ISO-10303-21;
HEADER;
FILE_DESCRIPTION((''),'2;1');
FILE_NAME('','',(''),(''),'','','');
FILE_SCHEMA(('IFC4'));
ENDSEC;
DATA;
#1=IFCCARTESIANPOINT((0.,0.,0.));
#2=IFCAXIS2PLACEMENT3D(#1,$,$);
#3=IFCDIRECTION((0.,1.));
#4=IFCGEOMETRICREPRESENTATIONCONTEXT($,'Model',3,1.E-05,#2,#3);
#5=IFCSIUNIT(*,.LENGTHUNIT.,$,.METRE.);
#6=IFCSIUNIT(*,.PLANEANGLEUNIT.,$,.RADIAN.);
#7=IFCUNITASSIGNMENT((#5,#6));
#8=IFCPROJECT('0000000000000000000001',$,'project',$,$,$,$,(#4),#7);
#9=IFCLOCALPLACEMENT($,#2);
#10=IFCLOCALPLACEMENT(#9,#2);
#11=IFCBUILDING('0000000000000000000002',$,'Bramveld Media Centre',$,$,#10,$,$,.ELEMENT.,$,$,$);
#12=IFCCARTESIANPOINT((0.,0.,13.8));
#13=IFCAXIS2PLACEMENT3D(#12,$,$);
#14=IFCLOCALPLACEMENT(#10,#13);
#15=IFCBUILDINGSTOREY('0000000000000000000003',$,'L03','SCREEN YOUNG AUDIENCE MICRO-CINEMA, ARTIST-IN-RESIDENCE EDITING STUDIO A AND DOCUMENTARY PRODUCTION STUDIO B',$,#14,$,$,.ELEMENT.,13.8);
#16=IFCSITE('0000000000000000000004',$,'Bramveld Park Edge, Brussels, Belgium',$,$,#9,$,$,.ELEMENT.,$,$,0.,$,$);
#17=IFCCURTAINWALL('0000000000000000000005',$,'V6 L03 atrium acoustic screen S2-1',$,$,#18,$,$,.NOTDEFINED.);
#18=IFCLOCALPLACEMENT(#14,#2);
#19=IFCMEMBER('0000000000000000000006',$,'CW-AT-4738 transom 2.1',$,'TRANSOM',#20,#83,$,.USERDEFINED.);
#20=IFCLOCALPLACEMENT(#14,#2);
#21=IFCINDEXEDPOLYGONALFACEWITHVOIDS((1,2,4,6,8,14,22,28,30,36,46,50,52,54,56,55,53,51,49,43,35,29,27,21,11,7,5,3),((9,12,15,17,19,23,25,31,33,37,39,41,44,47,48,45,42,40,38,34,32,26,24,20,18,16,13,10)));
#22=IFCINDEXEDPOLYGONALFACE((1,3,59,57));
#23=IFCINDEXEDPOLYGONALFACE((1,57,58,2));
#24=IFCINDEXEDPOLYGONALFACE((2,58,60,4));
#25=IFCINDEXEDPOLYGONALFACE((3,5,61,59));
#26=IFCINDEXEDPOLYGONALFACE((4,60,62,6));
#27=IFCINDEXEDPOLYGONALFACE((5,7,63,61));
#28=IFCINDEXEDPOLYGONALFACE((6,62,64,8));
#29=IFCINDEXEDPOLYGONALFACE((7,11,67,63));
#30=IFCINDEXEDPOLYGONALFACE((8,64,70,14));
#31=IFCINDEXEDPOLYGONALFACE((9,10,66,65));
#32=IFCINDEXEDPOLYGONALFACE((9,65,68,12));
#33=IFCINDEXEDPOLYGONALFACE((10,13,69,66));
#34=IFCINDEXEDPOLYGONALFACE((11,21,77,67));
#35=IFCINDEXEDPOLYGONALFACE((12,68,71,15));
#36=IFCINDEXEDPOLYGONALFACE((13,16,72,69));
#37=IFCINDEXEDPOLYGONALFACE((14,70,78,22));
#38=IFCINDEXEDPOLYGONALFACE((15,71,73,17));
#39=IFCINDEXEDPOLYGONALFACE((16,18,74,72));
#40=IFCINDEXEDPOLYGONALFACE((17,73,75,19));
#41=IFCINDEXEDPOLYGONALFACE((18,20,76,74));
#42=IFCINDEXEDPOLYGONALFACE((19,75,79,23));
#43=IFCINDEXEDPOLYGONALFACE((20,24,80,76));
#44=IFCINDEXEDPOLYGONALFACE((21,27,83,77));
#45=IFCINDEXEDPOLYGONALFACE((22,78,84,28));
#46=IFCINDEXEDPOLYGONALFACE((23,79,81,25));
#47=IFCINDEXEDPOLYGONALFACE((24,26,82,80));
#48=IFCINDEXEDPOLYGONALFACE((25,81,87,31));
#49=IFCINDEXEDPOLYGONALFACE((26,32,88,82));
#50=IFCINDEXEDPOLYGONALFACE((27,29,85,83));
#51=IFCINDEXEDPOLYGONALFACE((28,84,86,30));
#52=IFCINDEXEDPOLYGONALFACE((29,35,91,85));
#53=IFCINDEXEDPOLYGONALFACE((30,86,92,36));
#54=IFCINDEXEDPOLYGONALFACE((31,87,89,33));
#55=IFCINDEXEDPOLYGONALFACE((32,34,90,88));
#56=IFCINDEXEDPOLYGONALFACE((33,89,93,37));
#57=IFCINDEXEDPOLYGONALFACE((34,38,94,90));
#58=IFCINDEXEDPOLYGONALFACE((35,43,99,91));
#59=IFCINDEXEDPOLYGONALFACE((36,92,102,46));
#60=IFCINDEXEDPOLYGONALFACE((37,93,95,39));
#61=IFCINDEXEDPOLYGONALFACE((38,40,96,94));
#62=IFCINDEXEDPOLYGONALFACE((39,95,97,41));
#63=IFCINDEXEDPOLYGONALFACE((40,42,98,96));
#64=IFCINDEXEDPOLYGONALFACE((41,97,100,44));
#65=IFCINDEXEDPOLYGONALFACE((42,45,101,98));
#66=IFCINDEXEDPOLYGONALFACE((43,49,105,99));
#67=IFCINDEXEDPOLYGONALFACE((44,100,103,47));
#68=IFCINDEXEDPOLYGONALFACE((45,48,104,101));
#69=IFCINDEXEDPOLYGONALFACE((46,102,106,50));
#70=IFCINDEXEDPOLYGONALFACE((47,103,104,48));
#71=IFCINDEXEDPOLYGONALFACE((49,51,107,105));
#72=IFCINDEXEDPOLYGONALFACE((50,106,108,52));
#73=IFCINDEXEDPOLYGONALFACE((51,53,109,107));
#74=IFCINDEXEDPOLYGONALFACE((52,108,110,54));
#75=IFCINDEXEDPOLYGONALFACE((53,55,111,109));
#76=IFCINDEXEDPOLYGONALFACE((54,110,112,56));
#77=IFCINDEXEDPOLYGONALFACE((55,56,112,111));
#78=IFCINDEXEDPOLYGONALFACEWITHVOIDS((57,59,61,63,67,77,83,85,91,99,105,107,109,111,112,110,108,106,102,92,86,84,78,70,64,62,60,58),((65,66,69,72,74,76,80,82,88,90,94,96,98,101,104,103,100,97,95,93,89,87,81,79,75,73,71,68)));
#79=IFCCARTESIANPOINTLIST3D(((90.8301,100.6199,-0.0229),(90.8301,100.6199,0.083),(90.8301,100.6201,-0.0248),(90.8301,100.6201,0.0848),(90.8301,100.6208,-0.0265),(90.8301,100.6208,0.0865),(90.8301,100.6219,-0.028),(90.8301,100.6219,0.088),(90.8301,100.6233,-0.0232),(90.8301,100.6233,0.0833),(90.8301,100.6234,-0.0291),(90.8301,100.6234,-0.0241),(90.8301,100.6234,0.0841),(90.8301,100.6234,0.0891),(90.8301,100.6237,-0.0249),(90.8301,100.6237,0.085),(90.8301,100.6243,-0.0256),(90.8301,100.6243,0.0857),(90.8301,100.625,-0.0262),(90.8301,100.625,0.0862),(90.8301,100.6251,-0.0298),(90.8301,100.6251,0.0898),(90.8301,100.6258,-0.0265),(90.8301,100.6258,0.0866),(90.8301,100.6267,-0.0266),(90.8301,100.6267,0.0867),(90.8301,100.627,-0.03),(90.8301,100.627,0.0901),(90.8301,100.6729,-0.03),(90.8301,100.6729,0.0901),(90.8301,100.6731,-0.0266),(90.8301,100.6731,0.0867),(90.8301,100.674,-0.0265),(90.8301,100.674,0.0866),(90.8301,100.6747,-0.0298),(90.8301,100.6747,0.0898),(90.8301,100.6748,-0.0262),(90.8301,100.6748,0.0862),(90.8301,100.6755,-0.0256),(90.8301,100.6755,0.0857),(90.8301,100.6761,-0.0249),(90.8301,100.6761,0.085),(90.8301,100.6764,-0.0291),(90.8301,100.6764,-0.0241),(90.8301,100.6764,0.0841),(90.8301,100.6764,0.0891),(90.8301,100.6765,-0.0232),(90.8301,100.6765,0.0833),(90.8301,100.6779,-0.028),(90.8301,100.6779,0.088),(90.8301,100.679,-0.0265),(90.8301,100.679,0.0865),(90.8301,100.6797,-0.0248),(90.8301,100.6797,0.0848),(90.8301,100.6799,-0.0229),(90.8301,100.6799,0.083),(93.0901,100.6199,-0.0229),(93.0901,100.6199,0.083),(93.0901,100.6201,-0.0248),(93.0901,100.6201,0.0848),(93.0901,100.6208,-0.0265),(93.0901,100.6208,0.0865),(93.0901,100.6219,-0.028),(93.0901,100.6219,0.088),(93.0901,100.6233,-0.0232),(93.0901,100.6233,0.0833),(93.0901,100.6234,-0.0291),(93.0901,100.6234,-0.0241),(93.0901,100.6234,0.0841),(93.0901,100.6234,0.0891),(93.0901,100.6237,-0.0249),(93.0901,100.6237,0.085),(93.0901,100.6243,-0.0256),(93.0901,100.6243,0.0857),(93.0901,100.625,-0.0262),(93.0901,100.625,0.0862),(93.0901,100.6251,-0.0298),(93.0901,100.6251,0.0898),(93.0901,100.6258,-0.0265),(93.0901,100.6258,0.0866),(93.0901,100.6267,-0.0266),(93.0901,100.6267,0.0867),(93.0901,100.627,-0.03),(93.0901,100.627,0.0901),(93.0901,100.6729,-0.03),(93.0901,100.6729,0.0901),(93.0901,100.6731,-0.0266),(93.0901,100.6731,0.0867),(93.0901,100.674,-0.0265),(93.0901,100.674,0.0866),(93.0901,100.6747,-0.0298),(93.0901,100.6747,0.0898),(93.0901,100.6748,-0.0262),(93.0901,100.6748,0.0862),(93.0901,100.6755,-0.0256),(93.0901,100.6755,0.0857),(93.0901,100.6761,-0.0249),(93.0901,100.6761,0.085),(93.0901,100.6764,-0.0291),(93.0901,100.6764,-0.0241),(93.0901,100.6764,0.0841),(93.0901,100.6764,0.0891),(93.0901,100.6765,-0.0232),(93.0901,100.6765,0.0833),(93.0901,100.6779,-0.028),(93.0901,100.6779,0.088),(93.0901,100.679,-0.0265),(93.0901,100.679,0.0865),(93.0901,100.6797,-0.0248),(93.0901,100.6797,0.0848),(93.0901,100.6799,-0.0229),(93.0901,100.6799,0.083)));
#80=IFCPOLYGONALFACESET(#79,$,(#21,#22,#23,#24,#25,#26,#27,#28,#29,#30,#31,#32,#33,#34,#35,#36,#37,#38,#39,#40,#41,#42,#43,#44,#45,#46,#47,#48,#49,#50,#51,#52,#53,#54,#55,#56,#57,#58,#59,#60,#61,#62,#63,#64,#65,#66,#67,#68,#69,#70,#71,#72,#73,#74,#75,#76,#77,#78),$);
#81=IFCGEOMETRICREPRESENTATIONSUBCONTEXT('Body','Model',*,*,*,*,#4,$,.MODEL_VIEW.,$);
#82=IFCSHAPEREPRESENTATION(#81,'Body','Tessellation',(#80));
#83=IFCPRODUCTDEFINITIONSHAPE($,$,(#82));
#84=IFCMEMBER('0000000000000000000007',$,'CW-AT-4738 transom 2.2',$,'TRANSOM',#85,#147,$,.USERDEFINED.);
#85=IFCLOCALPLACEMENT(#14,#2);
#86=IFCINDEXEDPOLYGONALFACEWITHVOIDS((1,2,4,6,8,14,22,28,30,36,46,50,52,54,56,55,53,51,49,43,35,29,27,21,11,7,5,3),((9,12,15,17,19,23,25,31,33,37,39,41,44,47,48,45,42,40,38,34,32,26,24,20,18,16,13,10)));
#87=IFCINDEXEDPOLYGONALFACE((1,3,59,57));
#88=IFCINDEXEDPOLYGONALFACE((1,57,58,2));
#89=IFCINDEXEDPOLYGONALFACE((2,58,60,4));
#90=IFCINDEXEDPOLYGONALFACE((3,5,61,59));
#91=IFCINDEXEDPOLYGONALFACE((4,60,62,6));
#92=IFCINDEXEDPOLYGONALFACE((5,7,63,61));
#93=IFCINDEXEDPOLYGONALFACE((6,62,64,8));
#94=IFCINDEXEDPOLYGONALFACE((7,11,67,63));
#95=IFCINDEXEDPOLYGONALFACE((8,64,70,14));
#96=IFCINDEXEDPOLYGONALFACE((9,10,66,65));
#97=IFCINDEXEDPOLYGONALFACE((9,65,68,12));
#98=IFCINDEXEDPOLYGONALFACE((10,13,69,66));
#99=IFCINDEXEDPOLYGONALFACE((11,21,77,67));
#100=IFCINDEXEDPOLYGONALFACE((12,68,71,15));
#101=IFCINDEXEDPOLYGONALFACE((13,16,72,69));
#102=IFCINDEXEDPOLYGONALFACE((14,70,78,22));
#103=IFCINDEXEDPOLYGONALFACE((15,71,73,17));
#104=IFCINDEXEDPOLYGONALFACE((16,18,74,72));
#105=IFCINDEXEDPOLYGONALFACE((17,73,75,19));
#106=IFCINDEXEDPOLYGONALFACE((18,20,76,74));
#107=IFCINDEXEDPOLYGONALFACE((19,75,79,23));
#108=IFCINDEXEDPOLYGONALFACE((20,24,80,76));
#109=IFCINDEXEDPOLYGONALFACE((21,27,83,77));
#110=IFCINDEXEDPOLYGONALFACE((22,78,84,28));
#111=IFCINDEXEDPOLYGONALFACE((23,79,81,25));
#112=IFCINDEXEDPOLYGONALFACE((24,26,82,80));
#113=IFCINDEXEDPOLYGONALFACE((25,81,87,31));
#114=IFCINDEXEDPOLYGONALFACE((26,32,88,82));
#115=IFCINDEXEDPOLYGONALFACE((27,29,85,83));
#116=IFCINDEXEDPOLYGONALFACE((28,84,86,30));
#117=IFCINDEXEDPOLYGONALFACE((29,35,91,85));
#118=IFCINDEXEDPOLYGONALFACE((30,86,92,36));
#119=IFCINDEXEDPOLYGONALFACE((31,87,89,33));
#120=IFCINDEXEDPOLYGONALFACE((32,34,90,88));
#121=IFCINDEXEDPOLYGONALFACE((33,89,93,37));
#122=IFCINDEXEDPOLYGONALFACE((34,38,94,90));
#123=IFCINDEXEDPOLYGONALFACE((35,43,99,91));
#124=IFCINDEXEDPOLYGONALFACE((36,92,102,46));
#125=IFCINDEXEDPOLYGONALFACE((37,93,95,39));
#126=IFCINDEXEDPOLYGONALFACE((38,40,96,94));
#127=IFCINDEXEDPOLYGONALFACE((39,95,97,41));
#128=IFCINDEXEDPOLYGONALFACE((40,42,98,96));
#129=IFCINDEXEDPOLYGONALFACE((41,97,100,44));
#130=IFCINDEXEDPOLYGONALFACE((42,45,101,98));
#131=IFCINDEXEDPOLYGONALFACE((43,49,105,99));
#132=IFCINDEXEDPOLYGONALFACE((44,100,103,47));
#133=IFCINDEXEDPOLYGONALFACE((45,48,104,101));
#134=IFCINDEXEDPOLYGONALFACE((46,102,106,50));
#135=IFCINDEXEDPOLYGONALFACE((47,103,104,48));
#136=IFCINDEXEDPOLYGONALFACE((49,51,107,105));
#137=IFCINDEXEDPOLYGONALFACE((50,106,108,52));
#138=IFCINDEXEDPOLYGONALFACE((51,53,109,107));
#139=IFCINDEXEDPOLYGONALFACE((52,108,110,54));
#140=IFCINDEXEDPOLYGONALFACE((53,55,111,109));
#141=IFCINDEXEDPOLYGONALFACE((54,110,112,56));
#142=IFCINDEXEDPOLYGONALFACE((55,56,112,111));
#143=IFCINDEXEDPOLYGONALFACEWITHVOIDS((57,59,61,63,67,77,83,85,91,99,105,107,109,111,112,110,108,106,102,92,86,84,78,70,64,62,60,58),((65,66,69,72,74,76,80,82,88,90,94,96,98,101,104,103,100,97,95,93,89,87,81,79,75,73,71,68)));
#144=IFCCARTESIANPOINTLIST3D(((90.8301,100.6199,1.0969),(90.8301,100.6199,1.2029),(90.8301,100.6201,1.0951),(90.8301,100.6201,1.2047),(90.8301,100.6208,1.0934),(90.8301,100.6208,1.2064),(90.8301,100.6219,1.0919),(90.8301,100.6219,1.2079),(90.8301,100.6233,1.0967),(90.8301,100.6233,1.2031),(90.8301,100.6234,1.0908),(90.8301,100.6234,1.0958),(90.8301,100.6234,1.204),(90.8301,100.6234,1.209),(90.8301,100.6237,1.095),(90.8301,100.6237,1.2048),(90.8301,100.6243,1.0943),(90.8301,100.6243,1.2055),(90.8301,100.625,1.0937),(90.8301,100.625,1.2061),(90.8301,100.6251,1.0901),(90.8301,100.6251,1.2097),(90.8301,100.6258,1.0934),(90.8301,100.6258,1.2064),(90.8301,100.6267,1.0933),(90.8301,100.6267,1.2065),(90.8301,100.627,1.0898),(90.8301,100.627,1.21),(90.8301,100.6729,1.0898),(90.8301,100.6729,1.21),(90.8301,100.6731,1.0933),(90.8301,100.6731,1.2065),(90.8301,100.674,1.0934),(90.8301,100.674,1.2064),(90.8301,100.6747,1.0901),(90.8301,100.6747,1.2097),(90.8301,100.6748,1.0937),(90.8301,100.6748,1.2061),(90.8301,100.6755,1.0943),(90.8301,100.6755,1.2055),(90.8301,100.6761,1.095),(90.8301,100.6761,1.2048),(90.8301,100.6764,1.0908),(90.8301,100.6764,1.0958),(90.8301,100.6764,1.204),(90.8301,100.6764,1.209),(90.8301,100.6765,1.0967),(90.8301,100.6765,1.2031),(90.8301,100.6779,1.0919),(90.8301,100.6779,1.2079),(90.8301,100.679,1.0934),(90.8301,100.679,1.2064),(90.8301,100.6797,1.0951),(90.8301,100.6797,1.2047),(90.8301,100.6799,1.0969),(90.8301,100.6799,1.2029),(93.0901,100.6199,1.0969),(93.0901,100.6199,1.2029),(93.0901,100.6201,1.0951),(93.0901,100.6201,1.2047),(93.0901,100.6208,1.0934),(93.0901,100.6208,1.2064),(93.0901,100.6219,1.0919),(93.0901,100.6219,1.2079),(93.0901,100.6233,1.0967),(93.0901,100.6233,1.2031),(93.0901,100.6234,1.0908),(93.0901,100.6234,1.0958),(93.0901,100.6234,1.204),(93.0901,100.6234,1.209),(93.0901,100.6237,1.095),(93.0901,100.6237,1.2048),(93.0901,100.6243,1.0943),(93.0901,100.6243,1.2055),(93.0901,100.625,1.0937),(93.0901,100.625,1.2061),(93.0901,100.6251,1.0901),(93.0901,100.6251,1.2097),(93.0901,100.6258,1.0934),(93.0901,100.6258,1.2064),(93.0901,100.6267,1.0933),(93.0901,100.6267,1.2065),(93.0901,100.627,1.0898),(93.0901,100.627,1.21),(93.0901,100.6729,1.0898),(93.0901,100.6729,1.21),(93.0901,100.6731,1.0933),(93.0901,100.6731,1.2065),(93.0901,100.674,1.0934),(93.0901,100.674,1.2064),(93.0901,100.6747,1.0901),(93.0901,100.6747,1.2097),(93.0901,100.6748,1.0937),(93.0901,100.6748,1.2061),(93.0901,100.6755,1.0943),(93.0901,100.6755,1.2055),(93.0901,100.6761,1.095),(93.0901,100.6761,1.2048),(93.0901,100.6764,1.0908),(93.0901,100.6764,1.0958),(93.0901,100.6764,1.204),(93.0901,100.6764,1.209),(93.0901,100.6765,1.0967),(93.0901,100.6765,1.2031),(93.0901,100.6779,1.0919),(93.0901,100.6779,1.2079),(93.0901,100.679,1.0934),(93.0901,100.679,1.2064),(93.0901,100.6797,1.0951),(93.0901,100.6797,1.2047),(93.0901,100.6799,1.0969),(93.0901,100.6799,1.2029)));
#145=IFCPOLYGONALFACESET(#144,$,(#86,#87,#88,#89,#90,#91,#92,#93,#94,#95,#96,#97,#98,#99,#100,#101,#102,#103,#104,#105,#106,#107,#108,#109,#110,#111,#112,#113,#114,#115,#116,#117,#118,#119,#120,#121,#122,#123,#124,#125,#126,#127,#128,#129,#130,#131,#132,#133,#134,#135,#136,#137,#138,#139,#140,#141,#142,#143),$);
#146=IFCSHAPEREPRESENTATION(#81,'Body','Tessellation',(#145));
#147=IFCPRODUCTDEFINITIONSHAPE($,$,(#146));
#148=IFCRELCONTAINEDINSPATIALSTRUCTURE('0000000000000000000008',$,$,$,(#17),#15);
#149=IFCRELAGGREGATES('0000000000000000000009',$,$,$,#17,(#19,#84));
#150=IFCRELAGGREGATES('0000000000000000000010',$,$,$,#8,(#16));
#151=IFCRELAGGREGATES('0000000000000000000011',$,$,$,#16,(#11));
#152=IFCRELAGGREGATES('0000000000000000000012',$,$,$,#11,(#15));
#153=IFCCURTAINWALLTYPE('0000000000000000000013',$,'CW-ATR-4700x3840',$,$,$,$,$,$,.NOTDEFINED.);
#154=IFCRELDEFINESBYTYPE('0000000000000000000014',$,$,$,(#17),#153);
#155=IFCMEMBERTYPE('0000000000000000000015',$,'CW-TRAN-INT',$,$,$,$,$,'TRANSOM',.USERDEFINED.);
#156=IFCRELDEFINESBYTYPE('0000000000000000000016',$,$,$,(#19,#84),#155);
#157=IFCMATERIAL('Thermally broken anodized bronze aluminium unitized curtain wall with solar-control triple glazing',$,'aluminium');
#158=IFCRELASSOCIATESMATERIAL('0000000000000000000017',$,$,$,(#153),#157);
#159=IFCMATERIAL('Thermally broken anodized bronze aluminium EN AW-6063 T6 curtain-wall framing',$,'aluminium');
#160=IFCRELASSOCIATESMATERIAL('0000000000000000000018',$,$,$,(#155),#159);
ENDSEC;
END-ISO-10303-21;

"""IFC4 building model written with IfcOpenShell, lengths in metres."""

from ifc_helpers import new_model, si_unit, direction, frame, origin, origin_2d, place, context, subcontext, project, spatial, hollow_rectangle, extrude, material, material_profile, profile_set, type_object, element, aggregate, save


model = new_model("IFC4")

# Units and contexts
model_context = context("Model", 3, precision=1e-05, world=origin(), true_north=direction((0.0, 1.0)))
body_context = subcontext(model_context, "Body", "Model", "MODEL_VIEW")
ifc_project = project(units=[si_unit("LENGTHUNIT", "METRE"), si_unit("PLANEANGLEUNIT", "RADIAN")], contexts=[model_context])

# Site, building, storey
site_placement = place(None, origin())
site = spatial("IfcSite", under=ifc_project, at=site_placement, Name="Bramveld Park Edge, Brussels, Belgium", CompositionType="ELEMENT", RefElevation=0.0)
building_placement = place(site_placement, origin())
building = spatial("IfcBuilding", under=site, at=building_placement, Name="Bramveld Media Centre", CompositionType="ELEMENT")
storey_placement = place(building_placement, frame((0.0, 0.0, 13.8)))
storey = spatial("IfcBuildingStorey", under=building, at=storey_placement, Name="L03", Description="SCREEN YOUNG AUDIENCE MICRO-CINEMA, ARTIST-IN-RESIDENCE EDITING STUDIO A AND DOCUMENTARY PRODUCTION STUDIO B", CompositionType="ELEMENT", Elevation=13.8)

# Shared definitions
ifc_material_1 = material(Name="Thermally broken anodized bronze aluminium unitized curtain wall with solar-control triple glazing", Category="aluminium")
curtain_wall_type = type_object("IfcCurtainWallType", Name="CW-ATR-4700x3840", PredefinedType="NOTDEFINED", material=ifc_material_1)

# Curtain wall, members
curtain_wall_1_placement = place(storey_placement, origin())
curtain_wall_1 = element("IfcCurtainWall", 1, at=curtain_wall_1_placement, inside=storey, type_object=curtain_wall_type, Name="V6 L03 atrium acoustic screen S2-1", PredefinedType="NOTDEFINED")
ifc_material_2 = material(Name="Thermally broken anodized bronze aluminium EN AW-6063 T6 curtain-wall framing", Category="aluminium")
ifc_material_profile_1 = material_profile(ifc_material_2, hollow_rectangle(XDim=0.0601, YDim=0.1201, WallThickness=0.0034, InnerFilletRadius=0.0034, OuterFilletRadius=0.0071, at=origin_2d()), Name="AL-TRAN 60x120")
ifc_profile_set_1 = profile_set([ifc_material_profile_1], Name="Thermally broken anodized bronze aluminium EN AW-6063 T6 curtain-wall framing")
member_type_1 = type_object("IfcMemberType", Name="CW-TRAN-INT", ElementType="TRANSOM", PredefinedType="USERDEFINED", material=ifc_profile_set_1)
member_1_placement = place(storey_placement, frame((90.8301, 100.6499, 0.03), z_axis=(1.0, 0.0, 0.0), x_axis=(0.0, 1.0, 0.0)))
member_1 = element("IfcMember", 2, at=member_1_placement, type_object=member_type_1, Name="CW-AT-4738 transom 2.1", ObjectType="TRANSOM", PredefinedType="USERDEFINED", context=body_context, shape_type="SweptSolid", body=[
    extrude(hollow_rectangle(XDim=0.0601, YDim=0.1201, WallThickness=0.0034, InnerFilletRadius=0.0034, OuterFilletRadius=0.0071, at=origin_2d()), origin(), (0.0, 0.0, 1.0), 2.26),
])
member_2_placement = place(storey_placement, frame((90.8301, 100.6499, 1.1499), z_axis=(1.0, 0.0, 0.0), x_axis=(0.0, 1.0, 0.0)))
member_2 = element("IfcMember", 3, at=member_2_placement, type_object=member_type_1, Name="CW-AT-4738 transom 2.2", ObjectType="TRANSOM", PredefinedType="USERDEFINED", context=body_context, shape_type="SweptSolid", body=[
    extrude(hollow_rectangle(XDim=0.0601, YDim=0.1201, WallThickness=0.0034, InnerFilletRadius=0.0034, OuterFilletRadius=0.0071, at=origin_2d()), origin(), (0.0, 0.0, 1.0), 2.26),
])
aggregate(curtain_wall_1, [member_1, member_2])

save(model, "model.ifc")
